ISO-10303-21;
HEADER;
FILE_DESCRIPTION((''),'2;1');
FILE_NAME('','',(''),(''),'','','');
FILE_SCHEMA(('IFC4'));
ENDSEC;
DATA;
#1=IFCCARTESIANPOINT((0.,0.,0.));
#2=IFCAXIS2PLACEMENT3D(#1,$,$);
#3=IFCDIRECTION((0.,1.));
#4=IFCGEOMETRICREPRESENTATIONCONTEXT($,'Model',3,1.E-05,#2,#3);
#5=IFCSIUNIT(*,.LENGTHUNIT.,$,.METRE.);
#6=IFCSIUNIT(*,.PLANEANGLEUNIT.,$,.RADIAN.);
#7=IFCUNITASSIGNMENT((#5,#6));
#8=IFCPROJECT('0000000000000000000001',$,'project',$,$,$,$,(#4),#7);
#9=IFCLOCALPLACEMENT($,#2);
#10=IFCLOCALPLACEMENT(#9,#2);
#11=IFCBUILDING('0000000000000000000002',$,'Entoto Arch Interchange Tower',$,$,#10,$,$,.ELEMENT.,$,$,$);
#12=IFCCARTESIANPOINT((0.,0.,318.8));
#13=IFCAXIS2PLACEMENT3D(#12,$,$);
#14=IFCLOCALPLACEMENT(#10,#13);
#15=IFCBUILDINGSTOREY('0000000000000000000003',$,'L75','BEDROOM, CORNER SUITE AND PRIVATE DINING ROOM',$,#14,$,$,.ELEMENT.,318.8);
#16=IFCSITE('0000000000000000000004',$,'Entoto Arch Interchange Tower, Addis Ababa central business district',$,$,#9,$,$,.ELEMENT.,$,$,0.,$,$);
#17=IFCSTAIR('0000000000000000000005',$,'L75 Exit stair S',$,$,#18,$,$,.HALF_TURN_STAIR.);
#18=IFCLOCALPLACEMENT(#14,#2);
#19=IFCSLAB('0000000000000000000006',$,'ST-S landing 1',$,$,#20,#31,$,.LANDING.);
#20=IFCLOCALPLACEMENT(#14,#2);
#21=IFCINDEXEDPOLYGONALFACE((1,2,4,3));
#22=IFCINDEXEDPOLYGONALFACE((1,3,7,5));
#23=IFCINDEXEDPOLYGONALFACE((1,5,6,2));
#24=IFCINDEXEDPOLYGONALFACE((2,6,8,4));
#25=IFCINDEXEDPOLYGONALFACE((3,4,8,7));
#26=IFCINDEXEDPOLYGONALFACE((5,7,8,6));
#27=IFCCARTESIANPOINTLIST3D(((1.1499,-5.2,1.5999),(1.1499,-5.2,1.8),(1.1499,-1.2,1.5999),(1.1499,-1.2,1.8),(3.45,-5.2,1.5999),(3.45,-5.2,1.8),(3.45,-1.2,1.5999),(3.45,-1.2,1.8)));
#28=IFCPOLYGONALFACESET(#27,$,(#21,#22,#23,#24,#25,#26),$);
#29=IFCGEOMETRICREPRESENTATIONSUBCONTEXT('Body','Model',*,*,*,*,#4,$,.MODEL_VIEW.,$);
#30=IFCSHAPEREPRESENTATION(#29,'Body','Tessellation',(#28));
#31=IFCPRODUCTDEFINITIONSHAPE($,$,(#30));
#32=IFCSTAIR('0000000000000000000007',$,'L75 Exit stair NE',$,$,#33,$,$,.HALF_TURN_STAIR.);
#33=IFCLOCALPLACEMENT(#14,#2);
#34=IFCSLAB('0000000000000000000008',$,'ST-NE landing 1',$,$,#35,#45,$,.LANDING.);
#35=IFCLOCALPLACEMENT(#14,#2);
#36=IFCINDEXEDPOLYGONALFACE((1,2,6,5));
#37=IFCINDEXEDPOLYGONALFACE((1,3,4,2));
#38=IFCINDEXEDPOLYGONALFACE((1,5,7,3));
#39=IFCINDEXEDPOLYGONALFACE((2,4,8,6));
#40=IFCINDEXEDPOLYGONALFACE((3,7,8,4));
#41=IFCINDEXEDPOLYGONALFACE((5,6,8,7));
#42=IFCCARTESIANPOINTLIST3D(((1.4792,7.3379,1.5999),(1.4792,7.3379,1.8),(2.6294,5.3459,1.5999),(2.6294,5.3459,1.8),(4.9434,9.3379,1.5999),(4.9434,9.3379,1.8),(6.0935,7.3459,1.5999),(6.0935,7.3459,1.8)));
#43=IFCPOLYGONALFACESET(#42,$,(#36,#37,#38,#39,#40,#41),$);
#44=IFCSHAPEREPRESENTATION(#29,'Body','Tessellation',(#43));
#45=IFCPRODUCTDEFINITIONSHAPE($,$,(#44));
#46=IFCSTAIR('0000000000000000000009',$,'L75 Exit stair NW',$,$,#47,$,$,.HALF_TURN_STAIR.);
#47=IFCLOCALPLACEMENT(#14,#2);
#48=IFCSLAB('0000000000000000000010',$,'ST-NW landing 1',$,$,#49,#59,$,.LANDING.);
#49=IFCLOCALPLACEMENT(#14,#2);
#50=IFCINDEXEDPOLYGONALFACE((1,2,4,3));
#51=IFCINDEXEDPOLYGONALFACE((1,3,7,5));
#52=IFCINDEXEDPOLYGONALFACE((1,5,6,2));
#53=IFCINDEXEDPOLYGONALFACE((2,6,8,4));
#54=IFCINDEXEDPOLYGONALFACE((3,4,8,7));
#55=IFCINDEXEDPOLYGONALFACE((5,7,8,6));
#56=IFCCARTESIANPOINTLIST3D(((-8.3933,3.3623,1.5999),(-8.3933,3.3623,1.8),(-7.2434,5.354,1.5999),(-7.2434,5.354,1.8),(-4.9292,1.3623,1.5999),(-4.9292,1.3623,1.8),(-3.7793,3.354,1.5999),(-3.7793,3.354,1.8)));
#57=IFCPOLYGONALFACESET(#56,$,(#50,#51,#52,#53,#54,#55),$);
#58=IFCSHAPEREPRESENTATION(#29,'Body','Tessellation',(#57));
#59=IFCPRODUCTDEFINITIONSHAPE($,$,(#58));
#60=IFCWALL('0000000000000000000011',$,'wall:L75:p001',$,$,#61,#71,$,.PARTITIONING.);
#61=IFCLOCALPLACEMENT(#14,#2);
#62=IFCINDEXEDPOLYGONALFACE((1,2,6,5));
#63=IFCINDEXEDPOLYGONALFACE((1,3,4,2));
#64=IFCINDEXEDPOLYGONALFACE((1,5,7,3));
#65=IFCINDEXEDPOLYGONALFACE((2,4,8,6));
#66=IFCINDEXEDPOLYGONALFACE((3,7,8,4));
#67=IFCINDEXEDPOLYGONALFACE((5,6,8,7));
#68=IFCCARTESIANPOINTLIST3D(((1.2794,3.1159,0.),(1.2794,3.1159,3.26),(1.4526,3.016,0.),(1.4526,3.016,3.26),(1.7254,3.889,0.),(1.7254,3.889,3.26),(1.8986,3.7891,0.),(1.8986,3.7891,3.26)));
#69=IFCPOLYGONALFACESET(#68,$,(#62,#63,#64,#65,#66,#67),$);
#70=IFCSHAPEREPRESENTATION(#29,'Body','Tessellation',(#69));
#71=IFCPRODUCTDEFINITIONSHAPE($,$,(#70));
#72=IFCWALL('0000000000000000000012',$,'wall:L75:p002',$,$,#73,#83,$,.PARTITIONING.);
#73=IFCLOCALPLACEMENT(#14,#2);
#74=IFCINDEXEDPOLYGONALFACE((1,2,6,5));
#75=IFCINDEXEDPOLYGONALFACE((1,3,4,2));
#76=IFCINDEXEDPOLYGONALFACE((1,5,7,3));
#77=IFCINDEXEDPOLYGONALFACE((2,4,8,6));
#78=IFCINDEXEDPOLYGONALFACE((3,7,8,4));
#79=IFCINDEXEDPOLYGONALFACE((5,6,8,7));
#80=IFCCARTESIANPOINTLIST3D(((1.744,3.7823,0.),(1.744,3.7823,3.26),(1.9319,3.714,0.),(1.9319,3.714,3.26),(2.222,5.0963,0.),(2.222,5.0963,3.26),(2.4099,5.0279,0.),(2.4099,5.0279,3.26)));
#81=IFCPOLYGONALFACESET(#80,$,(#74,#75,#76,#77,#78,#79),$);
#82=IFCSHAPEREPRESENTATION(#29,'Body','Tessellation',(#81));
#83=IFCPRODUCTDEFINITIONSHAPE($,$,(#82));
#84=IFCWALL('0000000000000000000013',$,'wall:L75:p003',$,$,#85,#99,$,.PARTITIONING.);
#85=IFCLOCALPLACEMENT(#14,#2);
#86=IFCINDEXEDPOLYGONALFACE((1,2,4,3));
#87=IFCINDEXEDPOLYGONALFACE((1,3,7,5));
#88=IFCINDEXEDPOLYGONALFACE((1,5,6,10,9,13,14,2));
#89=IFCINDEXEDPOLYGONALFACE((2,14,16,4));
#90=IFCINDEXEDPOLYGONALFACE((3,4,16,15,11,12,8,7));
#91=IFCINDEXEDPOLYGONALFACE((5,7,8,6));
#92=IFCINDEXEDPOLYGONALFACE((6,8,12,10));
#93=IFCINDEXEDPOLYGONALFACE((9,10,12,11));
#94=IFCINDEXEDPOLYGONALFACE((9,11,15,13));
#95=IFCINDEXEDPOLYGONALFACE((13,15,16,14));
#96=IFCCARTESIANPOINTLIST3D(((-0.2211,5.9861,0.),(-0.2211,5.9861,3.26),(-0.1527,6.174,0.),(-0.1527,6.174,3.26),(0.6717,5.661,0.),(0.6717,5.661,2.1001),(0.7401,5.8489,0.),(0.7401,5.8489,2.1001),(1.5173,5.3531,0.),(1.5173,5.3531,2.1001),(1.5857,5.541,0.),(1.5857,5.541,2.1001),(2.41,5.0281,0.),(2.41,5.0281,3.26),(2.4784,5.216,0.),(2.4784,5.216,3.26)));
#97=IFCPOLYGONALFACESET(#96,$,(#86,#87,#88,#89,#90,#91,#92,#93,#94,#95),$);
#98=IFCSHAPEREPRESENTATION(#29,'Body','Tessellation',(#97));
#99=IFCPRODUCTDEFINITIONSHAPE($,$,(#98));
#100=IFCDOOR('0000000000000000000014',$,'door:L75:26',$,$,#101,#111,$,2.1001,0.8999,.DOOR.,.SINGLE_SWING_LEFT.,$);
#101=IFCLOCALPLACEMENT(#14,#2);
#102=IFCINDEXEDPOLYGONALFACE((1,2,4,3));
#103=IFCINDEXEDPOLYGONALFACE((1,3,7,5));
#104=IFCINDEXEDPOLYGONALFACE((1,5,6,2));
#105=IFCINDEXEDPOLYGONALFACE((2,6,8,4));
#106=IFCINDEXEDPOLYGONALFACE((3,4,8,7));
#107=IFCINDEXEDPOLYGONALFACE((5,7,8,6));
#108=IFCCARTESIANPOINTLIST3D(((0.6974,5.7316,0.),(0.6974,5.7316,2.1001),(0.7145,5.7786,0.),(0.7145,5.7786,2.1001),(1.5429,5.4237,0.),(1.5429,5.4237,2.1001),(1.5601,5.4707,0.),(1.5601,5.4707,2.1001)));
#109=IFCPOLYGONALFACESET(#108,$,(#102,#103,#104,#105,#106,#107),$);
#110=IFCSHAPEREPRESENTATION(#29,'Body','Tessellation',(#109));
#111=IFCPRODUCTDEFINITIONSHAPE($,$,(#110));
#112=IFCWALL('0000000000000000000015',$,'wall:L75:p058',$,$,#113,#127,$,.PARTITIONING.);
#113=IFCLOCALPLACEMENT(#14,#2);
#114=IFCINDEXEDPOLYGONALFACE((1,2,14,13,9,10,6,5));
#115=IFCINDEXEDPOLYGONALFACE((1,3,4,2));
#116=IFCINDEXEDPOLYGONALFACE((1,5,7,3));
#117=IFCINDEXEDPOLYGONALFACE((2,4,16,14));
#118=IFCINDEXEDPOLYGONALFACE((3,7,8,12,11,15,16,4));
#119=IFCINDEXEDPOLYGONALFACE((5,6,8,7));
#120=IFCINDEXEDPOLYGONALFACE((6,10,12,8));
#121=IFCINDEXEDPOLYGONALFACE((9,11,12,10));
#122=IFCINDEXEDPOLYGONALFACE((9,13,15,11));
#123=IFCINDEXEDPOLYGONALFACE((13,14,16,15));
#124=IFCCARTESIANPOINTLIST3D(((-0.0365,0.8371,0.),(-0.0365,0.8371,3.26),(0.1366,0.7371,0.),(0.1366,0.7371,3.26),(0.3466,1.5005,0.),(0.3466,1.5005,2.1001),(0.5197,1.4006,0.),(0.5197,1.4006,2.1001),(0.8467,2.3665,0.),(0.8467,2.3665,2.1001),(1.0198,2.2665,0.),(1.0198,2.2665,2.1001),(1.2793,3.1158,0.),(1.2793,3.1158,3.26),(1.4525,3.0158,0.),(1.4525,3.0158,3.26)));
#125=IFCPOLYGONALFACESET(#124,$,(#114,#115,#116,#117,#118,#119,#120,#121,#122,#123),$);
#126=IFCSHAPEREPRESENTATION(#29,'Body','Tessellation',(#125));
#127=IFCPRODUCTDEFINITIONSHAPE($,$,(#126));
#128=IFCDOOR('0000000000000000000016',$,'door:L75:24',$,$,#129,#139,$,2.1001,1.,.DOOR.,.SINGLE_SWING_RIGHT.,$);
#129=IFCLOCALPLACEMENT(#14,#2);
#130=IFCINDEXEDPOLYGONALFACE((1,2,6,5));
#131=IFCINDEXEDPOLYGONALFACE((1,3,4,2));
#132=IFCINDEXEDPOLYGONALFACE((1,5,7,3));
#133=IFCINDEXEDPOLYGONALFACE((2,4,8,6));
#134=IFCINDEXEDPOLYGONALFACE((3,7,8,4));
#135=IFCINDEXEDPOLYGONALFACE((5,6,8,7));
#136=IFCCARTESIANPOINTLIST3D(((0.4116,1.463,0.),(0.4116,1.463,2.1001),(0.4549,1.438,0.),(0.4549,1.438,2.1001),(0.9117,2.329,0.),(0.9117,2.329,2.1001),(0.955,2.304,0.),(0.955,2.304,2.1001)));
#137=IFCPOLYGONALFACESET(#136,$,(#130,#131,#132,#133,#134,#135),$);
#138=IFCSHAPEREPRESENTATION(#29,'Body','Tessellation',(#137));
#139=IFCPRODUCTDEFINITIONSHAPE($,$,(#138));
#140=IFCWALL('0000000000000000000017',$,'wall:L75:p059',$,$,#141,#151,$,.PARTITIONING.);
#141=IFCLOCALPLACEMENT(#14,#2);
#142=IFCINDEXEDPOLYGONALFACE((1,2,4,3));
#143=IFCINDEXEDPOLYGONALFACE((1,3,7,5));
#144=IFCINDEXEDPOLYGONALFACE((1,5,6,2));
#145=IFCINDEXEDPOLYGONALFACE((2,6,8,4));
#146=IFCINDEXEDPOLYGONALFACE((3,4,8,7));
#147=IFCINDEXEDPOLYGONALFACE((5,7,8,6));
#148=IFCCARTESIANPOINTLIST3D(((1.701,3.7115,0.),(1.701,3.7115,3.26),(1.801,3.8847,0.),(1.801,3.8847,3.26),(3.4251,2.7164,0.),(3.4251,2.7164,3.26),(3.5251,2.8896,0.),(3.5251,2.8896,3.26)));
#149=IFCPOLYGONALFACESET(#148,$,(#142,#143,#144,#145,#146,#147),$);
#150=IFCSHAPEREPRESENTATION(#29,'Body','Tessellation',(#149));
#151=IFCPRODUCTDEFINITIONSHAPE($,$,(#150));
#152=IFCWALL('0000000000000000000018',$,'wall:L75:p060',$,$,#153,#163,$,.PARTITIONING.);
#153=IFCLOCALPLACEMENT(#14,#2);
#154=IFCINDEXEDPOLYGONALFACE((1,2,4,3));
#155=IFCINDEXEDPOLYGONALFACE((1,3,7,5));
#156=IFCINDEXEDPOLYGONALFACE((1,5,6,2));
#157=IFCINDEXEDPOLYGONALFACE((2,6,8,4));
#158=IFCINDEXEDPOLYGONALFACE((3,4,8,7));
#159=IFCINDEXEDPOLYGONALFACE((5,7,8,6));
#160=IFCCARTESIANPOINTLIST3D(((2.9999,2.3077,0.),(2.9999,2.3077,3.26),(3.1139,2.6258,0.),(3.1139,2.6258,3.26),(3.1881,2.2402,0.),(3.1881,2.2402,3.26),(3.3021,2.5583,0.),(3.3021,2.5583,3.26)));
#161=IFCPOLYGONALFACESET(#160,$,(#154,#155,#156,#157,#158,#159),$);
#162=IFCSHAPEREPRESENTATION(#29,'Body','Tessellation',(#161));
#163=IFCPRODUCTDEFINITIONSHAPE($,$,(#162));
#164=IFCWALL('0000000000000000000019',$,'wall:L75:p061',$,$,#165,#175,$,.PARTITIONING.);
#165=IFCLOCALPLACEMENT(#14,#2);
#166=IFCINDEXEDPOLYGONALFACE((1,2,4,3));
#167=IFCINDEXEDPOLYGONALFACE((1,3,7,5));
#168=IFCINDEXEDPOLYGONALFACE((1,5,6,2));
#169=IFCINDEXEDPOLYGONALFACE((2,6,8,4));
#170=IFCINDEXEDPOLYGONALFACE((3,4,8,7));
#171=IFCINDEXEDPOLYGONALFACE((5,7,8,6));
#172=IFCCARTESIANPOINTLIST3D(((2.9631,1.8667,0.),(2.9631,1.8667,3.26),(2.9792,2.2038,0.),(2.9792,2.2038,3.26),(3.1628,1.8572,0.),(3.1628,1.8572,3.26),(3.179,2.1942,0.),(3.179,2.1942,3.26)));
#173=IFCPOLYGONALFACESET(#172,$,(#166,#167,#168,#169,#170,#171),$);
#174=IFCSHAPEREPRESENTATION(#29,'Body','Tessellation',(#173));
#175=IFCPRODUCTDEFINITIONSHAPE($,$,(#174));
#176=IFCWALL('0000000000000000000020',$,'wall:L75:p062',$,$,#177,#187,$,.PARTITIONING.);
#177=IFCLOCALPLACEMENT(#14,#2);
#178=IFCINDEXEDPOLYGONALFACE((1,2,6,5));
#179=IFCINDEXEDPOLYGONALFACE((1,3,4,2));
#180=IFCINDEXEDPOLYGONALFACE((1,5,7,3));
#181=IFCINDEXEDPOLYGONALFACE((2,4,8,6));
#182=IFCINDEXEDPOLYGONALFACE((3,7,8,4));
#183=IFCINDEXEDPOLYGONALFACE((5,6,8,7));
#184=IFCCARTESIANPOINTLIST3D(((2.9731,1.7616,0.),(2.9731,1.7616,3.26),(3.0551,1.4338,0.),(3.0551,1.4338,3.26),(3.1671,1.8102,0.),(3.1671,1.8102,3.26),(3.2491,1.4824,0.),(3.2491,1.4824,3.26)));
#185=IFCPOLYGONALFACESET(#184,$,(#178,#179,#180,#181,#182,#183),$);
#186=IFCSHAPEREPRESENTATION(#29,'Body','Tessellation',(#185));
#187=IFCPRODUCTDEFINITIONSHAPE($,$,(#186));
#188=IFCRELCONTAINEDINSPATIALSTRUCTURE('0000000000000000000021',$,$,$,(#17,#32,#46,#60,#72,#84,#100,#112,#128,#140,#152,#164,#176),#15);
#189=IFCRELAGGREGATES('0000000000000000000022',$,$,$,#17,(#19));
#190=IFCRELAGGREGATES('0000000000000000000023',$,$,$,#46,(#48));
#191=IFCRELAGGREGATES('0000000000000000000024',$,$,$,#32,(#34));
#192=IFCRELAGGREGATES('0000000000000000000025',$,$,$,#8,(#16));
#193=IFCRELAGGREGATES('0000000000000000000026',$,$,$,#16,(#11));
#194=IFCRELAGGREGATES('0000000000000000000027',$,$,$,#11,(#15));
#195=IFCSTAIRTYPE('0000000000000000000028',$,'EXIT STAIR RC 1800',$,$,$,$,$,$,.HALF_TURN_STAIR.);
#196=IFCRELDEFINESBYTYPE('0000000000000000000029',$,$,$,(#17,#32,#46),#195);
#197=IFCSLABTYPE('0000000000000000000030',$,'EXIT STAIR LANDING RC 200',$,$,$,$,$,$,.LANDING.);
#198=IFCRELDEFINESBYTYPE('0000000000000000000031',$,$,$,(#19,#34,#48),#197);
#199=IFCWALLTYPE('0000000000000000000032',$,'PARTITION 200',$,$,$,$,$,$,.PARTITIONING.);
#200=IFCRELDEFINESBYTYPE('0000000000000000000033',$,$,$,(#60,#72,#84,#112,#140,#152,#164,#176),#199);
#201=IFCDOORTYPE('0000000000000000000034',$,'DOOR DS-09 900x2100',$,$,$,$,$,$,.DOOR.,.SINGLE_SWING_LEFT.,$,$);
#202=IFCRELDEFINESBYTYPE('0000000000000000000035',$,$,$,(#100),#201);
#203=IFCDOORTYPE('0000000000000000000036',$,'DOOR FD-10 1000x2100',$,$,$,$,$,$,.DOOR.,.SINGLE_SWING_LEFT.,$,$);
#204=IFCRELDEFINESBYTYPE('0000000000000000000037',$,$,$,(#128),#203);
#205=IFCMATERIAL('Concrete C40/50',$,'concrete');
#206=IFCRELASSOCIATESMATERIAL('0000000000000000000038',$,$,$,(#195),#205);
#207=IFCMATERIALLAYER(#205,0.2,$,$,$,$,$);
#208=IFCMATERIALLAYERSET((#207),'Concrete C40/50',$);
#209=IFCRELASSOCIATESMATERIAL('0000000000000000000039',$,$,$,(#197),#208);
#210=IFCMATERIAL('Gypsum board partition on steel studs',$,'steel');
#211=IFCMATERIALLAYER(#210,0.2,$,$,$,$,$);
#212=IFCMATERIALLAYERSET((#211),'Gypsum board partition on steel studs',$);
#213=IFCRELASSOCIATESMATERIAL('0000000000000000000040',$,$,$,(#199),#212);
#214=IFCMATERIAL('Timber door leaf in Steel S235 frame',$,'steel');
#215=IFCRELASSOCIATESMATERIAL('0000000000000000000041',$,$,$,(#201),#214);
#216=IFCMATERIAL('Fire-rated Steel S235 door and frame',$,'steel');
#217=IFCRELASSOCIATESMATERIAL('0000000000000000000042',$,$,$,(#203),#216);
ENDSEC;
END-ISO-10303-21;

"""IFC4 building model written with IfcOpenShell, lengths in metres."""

from ifc_helpers import new_model, si_unit, direction, frame, frame_2d, origin, place, context, subcontext, project, spatial, polyline, rectangle, outline, extrude, material, layer, layer_set, type_object, element, fill, aggregate, save


model = new_model("IFC4")

# Units and contexts
model_context = context("Model", 3, precision=1e-05, world=origin(), true_north=direction((0.0, 1.0)))
body_context = subcontext(model_context, "Body", "Model", "MODEL_VIEW")
ifc_project = project(units=[si_unit("LENGTHUNIT", "METRE"), si_unit("PLANEANGLEUNIT", "RADIAN")], contexts=[model_context])

# Site, building, storey
site_placement = place(None, origin())
site = spatial("IfcSite", under=ifc_project, at=site_placement, Name="Entoto Arch Interchange Tower, Addis Ababa central business district", CompositionType="ELEMENT", RefElevation=0.0)
building_placement = place(site_placement, origin())
building = spatial("IfcBuilding", under=site, at=building_placement, Name="Entoto Arch Interchange Tower", CompositionType="ELEMENT")
storey_placement = place(building_placement, frame((0.0, 0.0, 318.8)))
storey = spatial("IfcBuildingStorey", under=building, at=storey_placement, Name="L75", Description="BEDROOM, CORNER SUITE AND PRIVATE DINING ROOM", CompositionType="ELEMENT", Elevation=318.8)

# Stairs, slabs
ifc_material_1 = material(Name="Concrete C40/50", Category="concrete")
stair_type = type_object("IfcStairType", Name="EXIT STAIR RC 1800", PredefinedType="HALF_TURN_STAIR", material=ifc_material_1)
stair_1_placement = place(storey_placement, origin())
stair_1 = element("IfcStair", 1, at=stair_1_placement, inside=storey, type_object=stair_type, Name="L75 Exit stair S", PredefinedType="HALF_TURN_STAIR")
ifc_layer_1 = layer(ifc_material_1, 0.2)
ifc_layer_set_1 = layer_set([ifc_layer_1], Name="Concrete C40/50")
slab_type = type_object("IfcSlabType", Name="EXIT STAIR LANDING RC 200", PredefinedType="LANDING", material=ifc_layer_set_1)
slab_1_placement = place(storey_placement, frame((0.0, 0.0, 1.5999)))
slab_1 = element("IfcSlab", 2, at=slab_1_placement, type_object=slab_type, Name="ST-S landing 1", PredefinedType="LANDING", context=body_context, shape_type="SweptSolid", body=[
    extrude(outline(polyline([(1.1499, -5.2), (3.45, -5.2), (3.45, -1.2), (1.1499, -1.2), (1.1499, -5.2)])), origin(), (0.0, 0.0, 1.0), 0.2002),
])
aggregate(stair_1, [slab_1])
stair_2_placement = place(storey_placement, origin())
stair_2 = element("IfcStair", 3, at=stair_2_placement, inside=storey, type_object=stair_type, Name="L75 Exit stair NE", PredefinedType="HALF_TURN_STAIR")
slab_2_placement = place(storey_placement, frame((0.0, 0.0, 1.5999)))
slab_2 = element("IfcSlab", 4, at=slab_2_placement, type_object=slab_type, Name="ST-NE landing 1", PredefinedType="LANDING", context=body_context, shape_type="SweptSolid", body=[
    extrude(outline(polyline([(6.0935, 7.3459), (4.9434, 9.3379), (1.4792, 7.3379), (2.6294, 5.3459), (6.0935, 7.3459)])), origin(), (0.0, 0.0, 1.0), 0.2002),
])
stair_3_placement = place(storey_placement, origin())
stair_3 = element("IfcStair", 5, at=stair_3_placement, inside=storey, type_object=stair_type, Name="L75 Exit stair NW", PredefinedType="HALF_TURN_STAIR")
slab_3_placement = place(storey_placement, frame((0.0, 0.0, 1.5999)))
slab_3 = element("IfcSlab", 6, at=slab_3_placement, type_object=slab_type, Name="ST-NW landing 1", PredefinedType="LANDING", context=body_context, shape_type="SweptSolid", body=[
    extrude(outline(polyline([(-7.2434, 5.354), (-8.3933, 3.3623), (-4.9292, 1.3623), (-3.7793, 3.354), (-7.2434, 5.354)])), origin(), (0.0, 0.0, 1.0), 0.2002),
])
aggregate(stair_3, [slab_3])

# Walls
ifc_material_2 = material(Name="Gypsum board partition on steel studs", Category="steel")
ifc_layer_2 = layer(ifc_material_2, 0.2)
ifc_layer_set_2 = layer_set([ifc_layer_2], Name="Gypsum board partition on steel studs")
wall_type = type_object("IfcWallType", Name="PARTITION 200", PredefinedType="PARTITIONING", material=ifc_layer_set_2)
wall_1_placement = place(storey_placement, frame((1.366, 3.0659, 0.0), z_axis=(0.0, 0.0, 1.0), x_axis=(0.499699, 0.866199, 0.0)))
element("IfcWall", 7, at=wall_1_placement, inside=storey, type_object=wall_type, Name="wall:L75:p001", PredefinedType="PARTITIONING", context=body_context, shape_type="SweptSolid", body=[
    extrude(rectangle(XDim=0.8926, YDim=0.2, at=frame_2d((0.4463, 0.0))), origin(), (0.0, 0.0, 1.0), 3.26),
])
wall_2_placement = place(storey_placement, frame((1.8379, 3.748, 0.0), z_axis=(0.0, 0.0, 1.0), x_axis=(0.341883, 0.939742, 0.0)))
element("IfcWall", 8, at=wall_2_placement, inside=storey, type_object=wall_type, Name="wall:L75:p002", PredefinedType="PARTITIONING", context=body_context, shape_type="SweptSolid", body=[
    extrude(rectangle(XDim=1.3982, YDim=0.2, at=frame_2d((0.6992, 0.0))), origin(), (0.0, 0.0, 1.0), 3.26),
])

# Walls, openings, doors
wall_3_placement = place(storey_placement, frame((2.4441, 5.1221, 0.0), z_axis=(0.0, 0.0, 1.0), x_axis=(-0.939651, 0.342135, 0.0)))
wall_3 = element("IfcWall", 9, at=wall_3_placement, inside=storey, type_object=wall_type, Name="wall:L75:p003", PredefinedType="PARTITIONING", context=body_context, shape_type="SweptSolid", body=[
    extrude(rectangle(XDim=2.8, YDim=0.2, at=frame_2d((1.3999, 0.0))), origin(), (0.0, 0.0, 1.0), 3.26),
])
opening_1_placement = place(wall_3_placement, frame((0.95, 0.0, 0.0)))
opening_1 = element("IfcOpeningElement", 10, at=opening_1_placement, cuts=wall_3, PredefinedType="OPENING", context=body_context, shape_type="SweptSolid", body=[
    extrude(rectangle(XDim=0.8999, YDim=2.1001, at=frame_2d((0.45, 1.05))), frame((0.0, 0.1099, 0.0), z_axis=(0.0, -1.0, 0.0), x_axis=(1.0, 0.0, 0.0)), (0.0, 0.0, 1.0), 0.22),
])
ifc_material_3 = material(Name="Timber door leaf in Steel S235 frame", Category="steel")
door_type_1 = type_object("IfcDoorType", Name="DOOR DS-09 900x2100", OperationType="SINGLE_SWING_LEFT", PredefinedType="DOOR", material=ifc_material_3)
door_1_placement = place(opening_1_placement, origin())
door_1 = element("IfcDoor", 11, at=door_1_placement, inside=storey, type_object=door_type_1, Name="door:L75:26", OperationType="SINGLE_SWING_LEFT", OverallHeight=2.1001, OverallWidth=0.8999, PredefinedType="DOOR", context=body_context, shape_type="SweptSolid", body=[
    extrude(rectangle(XDim=0.8999, YDim=2.1001, at=frame_2d((0.45, 1.05))), frame((0.0, 0.0249, 0.0), z_axis=(0.0, -1.0, 0.0), x_axis=(1.0, 0.0, 0.0)), (0.0, 0.0, 1.0), 0.05),
])
fill(opening_1, door_1)
wall_4_placement = place(storey_placement, frame((0.05, 0.7871, 0.0), z_axis=(0.0, 0.0, 1.0), x_axis=(0.50007, 0.865985, 0.0)))
wall_4 = element("IfcWall", 12, at=wall_4_placement, inside=storey, type_object=wall_type, Name="wall:L75:p058", PredefinedType="PARTITIONING", context=body_context, shape_type="SweptSolid", body=[
    extrude(rectangle(XDim=2.6313, YDim=0.2, at=frame_2d((1.3157, 0.0))), origin(), (0.0, 0.0, 1.0), 3.26),
])
opening_2_placement = place(wall_4_placement, frame((0.7661, 0.0, 0.0)))
opening_2 = element("IfcOpeningElement", 13, at=opening_2_placement, cuts=wall_4, PredefinedType="OPENING", context=body_context, shape_type="SweptSolid", body=[
    extrude(rectangle(XDim=1.0, YDim=2.1001, at=frame_2d((0.5, 1.05))), frame((0.0, 0.1099, 0.0), z_axis=(0.0, -1.0, 0.0), x_axis=(1.0, 0.0, 0.0)), (0.0, 0.0, 1.0), 0.22),
])
ifc_material_4 = material(Name="Fire-rated Steel S235 door and frame", Category="steel")
door_type_2 = type_object("IfcDoorType", Name="DOOR FD-10 1000x2100", OperationType="SINGLE_SWING_LEFT", PredefinedType="DOOR", material=ifc_material_4)
door_2_placement = place(opening_2_placement, origin())
door_2 = element("IfcDoor", 14, at=door_2_placement, inside=storey, type_object=door_type_2, Name="door:L75:24", OperationType="SINGLE_SWING_RIGHT", OverallHeight=2.1001, OverallWidth=1.0, PredefinedType="DOOR", context=body_context, shape_type="SweptSolid", body=[
    extrude(rectangle(XDim=1.0, YDim=2.1001, at=frame_2d((0.5, 1.05))), frame((0.0, 0.0249, 0.0), z_axis=(0.0, -1.0, 0.0), x_axis=(1.0, 0.0, 0.0)), (0.0, 0.0, 1.0), 0.05),
])
fill(opening_2, door_2)

# Walls
wall_5_placement = place(storey_placement, frame((1.751, 3.7981, 0.0), z_axis=(0.0, 0.0, 1.0), x_axis=(0.866092, -0.499885, 0.0)))
element("IfcWall", 15, at=wall_5_placement, inside=storey, type_object=wall_type, Name="wall:L75:p059", PredefinedType="PARTITIONING", context=body_context, shape_type="SweptSolid", body=[
    extrude(rectangle(XDim=1.9907, YDim=0.2, at=frame_2d((0.9954, 0.0))), origin(), (0.0, 0.0, 1.0), 3.26),
])
wall_6_placement = place(storey_placement, frame((3.208, 2.592, 0.0), z_axis=(0.0, 0.0, 1.0), x_axis=(-0.337389, -0.941365, 0.0)))
element("IfcWall", 16, at=wall_6_placement, inside=storey, type_object=wall_type, Name="wall:L75:p060", PredefinedType="PARTITIONING", context=body_context, shape_type="SweptSolid", body=[
    extrude(rectangle(XDim=0.3379, YDim=0.2, at=frame_2d((0.1689, 0.0))), origin(), (0.0, 0.0, 1.0), 3.26),
])
wall_7_placement = place(storey_placement, frame((3.0791, 2.199, 0.0), z_axis=(0.0, 0.0, 1.0), x_axis=(-0.047771, -0.998858, 0.0)))
element("IfcWall", 17, at=wall_7_placement, inside=storey, type_object=wall_type, Name="wall:L75:p061", PredefinedType="PARTITIONING", context=body_context, shape_type="SweptSolid", body=[
    extrude(rectangle(XDim=0.3374, YDim=0.2, at=frame_2d((0.1687, 0.0))), origin(), (0.0, 0.0, 1.0), 3.26),
])
wall_8_placement = place(storey_placement, frame((3.0701, 1.7859, 0.0), z_axis=(0.0, 0.0, 1.0), x_axis=(0.242706, -0.9701, 0.0)))
element("IfcWall", 18, at=wall_8_placement, inside=storey, type_object=wall_type, Name="wall:L75:p062", PredefinedType="PARTITIONING", context=body_context, shape_type="SweptSolid", body=[
    extrude(rectangle(XDim=0.3379, YDim=0.2, at=frame_2d((0.1689, 0.0))), origin(), (0.0, 0.0, 1.0), 3.26),
])

aggregate(stair_2, [slab_2])

save(model, "model.ifc")
